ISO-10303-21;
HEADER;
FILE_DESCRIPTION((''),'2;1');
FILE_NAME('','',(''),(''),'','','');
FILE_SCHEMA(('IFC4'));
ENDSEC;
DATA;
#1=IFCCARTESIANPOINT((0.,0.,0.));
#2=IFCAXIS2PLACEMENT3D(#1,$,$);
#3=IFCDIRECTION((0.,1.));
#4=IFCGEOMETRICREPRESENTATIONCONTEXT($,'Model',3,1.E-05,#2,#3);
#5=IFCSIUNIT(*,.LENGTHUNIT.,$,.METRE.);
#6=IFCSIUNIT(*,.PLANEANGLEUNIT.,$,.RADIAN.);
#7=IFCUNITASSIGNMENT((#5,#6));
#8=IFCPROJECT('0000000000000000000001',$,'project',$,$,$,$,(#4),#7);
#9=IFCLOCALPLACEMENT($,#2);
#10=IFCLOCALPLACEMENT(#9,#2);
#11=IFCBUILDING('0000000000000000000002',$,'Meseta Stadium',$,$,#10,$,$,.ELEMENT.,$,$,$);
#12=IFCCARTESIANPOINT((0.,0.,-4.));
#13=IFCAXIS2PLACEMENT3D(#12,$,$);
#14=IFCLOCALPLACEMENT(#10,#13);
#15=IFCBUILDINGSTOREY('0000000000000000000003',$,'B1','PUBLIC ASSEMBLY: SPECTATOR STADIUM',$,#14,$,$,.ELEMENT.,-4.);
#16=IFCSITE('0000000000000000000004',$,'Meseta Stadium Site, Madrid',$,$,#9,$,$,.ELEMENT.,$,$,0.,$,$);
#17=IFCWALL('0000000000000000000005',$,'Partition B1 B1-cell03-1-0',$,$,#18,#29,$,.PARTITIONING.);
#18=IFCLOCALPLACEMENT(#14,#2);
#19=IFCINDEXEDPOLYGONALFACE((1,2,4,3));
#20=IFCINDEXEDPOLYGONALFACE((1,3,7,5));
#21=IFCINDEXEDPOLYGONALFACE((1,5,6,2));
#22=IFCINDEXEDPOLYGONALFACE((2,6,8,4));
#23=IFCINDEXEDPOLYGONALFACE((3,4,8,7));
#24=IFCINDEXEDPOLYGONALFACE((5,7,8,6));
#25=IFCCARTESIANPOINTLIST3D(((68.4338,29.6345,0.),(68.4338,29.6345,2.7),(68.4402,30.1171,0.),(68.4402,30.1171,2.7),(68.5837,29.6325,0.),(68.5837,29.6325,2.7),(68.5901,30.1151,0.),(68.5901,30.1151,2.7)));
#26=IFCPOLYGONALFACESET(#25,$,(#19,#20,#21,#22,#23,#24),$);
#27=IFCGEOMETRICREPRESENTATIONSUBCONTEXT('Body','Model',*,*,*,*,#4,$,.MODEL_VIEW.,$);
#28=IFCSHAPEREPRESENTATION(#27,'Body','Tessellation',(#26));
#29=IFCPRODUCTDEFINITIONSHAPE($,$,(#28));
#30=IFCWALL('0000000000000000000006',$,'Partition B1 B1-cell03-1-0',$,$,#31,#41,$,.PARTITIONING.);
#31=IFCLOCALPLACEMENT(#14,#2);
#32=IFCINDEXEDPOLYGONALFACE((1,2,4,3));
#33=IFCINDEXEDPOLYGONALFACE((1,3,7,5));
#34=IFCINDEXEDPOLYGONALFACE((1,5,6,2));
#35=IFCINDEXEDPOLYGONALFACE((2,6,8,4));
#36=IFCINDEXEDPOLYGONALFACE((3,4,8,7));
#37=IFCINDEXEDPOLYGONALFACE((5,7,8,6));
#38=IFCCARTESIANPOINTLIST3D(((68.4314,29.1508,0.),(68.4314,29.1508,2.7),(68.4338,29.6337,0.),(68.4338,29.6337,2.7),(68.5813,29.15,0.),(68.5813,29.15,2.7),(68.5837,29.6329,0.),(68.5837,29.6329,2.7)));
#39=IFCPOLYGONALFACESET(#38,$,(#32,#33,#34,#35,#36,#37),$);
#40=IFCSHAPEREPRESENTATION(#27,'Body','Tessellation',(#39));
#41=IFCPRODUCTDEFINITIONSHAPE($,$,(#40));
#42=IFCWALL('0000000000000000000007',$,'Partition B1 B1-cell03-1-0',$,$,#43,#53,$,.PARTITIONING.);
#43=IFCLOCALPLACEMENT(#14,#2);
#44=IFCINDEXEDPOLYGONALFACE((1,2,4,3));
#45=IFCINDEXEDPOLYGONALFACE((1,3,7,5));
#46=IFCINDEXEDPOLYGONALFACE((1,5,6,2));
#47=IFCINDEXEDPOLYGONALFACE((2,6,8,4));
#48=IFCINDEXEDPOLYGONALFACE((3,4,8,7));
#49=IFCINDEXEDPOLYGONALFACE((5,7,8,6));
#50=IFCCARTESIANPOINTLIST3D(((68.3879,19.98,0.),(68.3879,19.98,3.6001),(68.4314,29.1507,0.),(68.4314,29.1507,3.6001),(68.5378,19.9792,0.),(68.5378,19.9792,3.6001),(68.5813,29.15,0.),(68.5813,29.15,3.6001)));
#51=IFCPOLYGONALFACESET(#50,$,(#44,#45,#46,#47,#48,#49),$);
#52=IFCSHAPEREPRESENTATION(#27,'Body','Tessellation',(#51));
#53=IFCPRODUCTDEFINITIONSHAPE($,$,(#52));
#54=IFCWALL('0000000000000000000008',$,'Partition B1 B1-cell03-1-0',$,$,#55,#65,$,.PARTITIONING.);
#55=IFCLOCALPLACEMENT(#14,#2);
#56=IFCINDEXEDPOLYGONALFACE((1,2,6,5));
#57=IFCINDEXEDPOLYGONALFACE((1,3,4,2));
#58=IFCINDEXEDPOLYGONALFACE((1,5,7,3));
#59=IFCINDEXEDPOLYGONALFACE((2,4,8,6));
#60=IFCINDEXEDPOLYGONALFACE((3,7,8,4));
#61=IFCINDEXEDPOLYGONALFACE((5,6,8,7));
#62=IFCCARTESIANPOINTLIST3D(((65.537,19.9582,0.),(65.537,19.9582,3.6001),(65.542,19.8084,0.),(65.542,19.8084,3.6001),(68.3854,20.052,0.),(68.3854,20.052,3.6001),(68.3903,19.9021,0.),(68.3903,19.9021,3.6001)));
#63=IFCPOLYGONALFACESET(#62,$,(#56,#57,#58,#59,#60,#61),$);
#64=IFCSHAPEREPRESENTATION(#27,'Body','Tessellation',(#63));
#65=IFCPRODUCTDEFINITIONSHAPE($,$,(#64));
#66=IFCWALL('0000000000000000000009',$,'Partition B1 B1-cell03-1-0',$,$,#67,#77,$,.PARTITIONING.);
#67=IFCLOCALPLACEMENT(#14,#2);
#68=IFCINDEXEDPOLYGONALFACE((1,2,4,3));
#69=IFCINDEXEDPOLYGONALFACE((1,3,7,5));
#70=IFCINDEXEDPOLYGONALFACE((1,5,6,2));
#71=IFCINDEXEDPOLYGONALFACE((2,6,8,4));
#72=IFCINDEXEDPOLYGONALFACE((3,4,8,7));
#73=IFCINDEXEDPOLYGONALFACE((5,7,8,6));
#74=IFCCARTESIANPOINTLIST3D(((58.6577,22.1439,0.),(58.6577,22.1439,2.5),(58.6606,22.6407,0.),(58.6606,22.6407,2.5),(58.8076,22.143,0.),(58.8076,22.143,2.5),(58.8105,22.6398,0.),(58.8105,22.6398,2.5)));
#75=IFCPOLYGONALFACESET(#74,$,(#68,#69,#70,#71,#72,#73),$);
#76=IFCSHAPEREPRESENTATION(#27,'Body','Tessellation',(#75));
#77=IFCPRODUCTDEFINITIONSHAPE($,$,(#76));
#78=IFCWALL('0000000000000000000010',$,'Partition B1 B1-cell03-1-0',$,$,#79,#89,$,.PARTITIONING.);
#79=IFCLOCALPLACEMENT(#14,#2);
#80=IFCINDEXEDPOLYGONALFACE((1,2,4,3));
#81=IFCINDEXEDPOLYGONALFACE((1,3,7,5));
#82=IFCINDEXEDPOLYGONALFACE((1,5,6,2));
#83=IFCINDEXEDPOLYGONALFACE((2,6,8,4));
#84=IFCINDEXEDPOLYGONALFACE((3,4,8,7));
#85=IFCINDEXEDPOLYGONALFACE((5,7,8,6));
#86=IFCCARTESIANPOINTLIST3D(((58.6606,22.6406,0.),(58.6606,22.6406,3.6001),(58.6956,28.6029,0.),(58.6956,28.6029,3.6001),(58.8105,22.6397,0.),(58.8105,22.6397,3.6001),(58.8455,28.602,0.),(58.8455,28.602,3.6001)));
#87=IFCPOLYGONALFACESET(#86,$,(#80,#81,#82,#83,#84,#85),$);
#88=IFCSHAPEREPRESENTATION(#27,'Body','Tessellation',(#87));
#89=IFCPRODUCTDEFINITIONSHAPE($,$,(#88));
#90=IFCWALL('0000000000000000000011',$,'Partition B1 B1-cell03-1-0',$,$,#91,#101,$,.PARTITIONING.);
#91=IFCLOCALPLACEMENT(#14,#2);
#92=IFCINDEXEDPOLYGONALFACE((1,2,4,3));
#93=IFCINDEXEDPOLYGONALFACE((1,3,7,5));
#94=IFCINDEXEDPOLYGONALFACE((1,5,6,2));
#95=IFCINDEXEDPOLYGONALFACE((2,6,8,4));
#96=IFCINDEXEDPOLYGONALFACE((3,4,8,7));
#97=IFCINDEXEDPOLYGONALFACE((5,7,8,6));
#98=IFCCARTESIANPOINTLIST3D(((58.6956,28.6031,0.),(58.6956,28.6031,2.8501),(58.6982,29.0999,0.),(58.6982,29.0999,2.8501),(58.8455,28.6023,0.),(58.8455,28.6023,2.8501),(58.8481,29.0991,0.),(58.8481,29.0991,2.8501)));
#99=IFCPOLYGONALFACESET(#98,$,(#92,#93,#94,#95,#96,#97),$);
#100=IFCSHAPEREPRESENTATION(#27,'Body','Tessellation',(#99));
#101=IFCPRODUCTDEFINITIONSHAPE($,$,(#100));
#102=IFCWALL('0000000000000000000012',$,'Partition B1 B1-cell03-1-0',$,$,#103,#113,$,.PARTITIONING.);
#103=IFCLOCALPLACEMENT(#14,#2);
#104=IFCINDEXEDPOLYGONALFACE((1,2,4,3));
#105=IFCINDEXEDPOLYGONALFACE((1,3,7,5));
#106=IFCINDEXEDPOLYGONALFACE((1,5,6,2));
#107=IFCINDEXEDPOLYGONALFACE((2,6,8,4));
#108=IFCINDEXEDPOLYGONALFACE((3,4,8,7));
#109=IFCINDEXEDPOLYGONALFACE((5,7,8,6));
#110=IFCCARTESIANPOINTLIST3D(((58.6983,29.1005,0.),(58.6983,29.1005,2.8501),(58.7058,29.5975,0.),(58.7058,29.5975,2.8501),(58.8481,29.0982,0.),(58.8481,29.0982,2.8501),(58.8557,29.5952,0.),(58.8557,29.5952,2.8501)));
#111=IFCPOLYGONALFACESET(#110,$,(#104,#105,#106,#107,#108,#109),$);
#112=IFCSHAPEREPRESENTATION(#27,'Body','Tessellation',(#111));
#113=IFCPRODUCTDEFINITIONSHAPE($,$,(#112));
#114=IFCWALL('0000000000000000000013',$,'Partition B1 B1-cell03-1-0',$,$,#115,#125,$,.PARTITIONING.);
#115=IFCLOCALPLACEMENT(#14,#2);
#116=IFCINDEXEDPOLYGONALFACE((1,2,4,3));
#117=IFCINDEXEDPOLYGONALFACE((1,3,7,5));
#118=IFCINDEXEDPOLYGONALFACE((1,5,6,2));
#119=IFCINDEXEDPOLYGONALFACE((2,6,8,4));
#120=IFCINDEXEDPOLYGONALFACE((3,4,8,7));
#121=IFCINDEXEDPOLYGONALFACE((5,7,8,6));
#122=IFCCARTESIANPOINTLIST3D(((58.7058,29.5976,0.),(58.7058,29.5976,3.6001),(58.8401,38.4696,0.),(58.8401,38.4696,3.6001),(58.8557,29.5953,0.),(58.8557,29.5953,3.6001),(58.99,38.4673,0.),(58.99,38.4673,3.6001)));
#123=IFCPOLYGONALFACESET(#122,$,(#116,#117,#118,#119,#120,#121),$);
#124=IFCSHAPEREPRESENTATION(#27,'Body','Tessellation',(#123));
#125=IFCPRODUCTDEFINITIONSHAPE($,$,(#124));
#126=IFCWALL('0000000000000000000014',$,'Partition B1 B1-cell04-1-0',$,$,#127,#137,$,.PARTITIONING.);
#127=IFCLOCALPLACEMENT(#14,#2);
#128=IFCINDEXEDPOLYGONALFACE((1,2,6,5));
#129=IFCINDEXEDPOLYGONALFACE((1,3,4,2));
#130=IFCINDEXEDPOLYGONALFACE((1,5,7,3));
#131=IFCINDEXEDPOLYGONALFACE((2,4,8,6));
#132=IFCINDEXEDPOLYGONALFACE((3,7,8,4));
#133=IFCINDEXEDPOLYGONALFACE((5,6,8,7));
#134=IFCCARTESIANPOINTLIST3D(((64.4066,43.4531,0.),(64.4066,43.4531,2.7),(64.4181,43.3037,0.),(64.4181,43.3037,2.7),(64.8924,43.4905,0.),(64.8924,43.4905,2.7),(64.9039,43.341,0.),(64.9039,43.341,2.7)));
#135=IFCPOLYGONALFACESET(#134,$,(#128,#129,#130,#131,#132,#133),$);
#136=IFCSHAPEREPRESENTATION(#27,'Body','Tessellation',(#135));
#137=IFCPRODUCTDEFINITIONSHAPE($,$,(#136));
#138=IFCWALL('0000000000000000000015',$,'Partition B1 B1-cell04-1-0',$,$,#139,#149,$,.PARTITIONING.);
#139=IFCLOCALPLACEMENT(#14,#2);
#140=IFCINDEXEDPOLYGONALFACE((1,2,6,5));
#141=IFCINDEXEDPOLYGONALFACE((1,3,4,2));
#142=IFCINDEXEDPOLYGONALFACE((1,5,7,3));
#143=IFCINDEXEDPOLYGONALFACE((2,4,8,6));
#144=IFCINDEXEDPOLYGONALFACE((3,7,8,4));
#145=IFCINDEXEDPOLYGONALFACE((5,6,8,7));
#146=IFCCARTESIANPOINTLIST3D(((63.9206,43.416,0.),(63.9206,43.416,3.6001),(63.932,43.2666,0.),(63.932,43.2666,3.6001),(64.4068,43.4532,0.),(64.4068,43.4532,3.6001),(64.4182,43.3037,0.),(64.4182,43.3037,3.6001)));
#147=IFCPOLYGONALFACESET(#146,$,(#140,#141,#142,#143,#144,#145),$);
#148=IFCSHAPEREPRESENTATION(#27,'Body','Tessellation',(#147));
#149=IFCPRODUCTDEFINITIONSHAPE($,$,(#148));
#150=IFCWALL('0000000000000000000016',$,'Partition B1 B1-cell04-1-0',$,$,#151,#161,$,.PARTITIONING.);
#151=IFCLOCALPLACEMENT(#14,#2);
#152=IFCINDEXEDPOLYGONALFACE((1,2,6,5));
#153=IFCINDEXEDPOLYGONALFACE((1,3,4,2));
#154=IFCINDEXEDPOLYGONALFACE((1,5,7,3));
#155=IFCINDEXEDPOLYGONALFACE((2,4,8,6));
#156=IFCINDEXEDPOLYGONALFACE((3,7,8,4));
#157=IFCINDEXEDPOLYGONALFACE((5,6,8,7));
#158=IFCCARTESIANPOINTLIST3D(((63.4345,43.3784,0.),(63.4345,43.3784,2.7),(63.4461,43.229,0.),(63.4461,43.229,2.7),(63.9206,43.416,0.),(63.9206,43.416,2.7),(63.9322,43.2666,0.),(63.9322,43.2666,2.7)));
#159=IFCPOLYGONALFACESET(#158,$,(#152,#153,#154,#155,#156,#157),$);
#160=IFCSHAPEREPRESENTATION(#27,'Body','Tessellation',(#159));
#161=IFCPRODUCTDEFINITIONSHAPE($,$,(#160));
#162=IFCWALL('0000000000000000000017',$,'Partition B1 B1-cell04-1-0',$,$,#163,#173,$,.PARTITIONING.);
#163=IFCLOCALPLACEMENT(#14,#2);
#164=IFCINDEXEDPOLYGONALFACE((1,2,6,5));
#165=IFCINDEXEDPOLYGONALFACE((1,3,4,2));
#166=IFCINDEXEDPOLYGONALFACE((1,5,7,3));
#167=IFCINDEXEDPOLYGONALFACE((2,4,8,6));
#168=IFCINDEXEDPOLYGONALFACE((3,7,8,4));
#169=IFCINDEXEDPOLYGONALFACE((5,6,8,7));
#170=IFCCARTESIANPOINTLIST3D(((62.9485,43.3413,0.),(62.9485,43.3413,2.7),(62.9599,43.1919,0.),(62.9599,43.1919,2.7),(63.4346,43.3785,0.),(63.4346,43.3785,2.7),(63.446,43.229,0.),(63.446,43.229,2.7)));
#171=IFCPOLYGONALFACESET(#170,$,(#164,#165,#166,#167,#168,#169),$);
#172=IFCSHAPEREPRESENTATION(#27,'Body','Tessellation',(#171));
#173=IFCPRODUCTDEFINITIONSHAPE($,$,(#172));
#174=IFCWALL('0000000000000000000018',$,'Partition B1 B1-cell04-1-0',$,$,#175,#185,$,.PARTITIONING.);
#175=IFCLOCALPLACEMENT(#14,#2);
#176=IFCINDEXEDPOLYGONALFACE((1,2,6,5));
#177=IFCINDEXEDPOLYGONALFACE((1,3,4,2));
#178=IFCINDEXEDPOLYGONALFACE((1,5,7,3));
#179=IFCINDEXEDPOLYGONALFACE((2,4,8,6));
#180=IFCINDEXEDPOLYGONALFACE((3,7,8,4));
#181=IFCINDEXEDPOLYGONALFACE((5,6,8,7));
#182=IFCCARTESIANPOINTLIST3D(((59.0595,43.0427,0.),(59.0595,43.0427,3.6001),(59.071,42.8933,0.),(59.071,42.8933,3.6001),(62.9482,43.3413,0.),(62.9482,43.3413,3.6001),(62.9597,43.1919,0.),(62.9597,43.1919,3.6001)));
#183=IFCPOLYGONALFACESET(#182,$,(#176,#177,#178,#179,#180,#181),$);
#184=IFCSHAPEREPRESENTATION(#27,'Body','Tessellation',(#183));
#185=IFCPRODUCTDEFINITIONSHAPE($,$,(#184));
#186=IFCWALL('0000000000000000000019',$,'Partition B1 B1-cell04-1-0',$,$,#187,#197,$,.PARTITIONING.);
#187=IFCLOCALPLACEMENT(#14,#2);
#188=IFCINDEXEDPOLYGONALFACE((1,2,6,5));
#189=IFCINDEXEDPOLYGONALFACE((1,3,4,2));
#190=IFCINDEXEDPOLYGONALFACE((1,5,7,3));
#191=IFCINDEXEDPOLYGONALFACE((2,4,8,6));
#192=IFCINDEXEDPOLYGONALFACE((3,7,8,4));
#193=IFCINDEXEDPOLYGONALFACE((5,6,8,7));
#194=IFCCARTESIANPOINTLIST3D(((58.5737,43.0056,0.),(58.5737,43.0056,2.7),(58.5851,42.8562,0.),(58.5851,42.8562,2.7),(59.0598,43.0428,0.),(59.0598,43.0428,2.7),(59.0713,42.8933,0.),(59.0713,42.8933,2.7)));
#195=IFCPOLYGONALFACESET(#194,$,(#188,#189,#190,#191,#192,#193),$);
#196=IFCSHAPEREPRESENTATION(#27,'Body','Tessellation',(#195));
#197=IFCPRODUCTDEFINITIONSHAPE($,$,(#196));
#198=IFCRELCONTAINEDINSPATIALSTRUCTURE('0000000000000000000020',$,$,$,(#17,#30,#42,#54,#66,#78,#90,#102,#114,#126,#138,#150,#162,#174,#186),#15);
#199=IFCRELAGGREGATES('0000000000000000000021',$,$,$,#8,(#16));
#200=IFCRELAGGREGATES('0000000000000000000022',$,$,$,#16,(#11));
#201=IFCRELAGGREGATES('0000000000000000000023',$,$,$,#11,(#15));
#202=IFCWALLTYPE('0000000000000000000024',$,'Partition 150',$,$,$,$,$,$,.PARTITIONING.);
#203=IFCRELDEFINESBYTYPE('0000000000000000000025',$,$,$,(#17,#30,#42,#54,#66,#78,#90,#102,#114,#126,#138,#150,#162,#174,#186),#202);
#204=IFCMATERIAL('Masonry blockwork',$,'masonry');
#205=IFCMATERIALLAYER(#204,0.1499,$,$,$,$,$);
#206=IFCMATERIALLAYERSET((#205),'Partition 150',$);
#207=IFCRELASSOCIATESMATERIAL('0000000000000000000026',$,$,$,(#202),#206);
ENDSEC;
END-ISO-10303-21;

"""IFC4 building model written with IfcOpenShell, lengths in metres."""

from ifc_helpers import new_model, si_unit, direction, frame, frame_2d, origin, place, context, subcontext, project, spatial, rectangle, extrude, material, layer, layer_set, type_object, element, save


model = new_model("IFC4")

# Units and contexts
model_context = context("Model", 3, precision=1e-05, world=origin(), true_north=direction((0.0, 1.0)))
body_context = subcontext(model_context, "Body", "Model", "MODEL_VIEW")
ifc_project = project(units=[si_unit("LENGTHUNIT", "METRE"), si_unit("PLANEANGLEUNIT", "RADIAN")], contexts=[model_context])

# Site, building, storey
site_placement = place(None, origin())
site = spatial("IfcSite", under=ifc_project, at=site_placement, Name="Meseta Stadium Site, Madrid", CompositionType="ELEMENT", RefElevation=0.0)
building_placement = place(site_placement, origin())
building = spatial("IfcBuilding", under=site, at=building_placement, Name="Meseta Stadium", CompositionType="ELEMENT")
storey_placement = place(building_placement, frame((0.0, 0.0, -4.0)))
storey = spatial("IfcBuildingStorey", under=building, at=storey_placement, Name="B1", Description="PUBLIC ASSEMBLY: SPECTATOR STADIUM", CompositionType="ELEMENT", Elevation=-4.0)

# Walls
ifc_material_1 = material(Name="Masonry blockwork", Category="masonry")
ifc_layer_1 = layer(ifc_material_1, 0.1499)
ifc_layer_set_1 = layer_set([ifc_layer_1], Name="Partition 150")
wall_type_1 = type_object("IfcWallType", Name="Partition 150", PredefinedType="PARTITIONING", material=ifc_layer_set_1)
wall_1_placement = place(storey_placement, frame((68.5151, 30.116, 0.0), z_axis=(0.0, 0.0, 1.0), x_axis=(-0.01315, -0.999914, 0.0)))
element("IfcWall", 1, at=wall_1_placement, inside=storey, type_object=wall_type_1, Name="Partition B1 B1-cell03-1-0", PredefinedType="PARTITIONING", context=body_context, shape_type="SweptSolid", body=[
    extrude(rectangle(XDim=0.4827, YDim=0.1499, at=frame_2d((0.2412, 0.0))), origin(), (0.0, 0.0, 1.0), 2.7),
])
wall_2_placement = place(storey_placement, frame((68.5088, 29.6333, 0.0), z_axis=(0.0, 0.0, 1.0), x_axis=(-0.005056, -0.999987, 0.0)))
element("IfcWall", 2, at=wall_2_placement, inside=storey, type_object=wall_type_1, Name="Partition B1 B1-cell03-1-0", PredefinedType="PARTITIONING", context=body_context, shape_type="SweptSolid", body=[
    extrude(rectangle(XDim=0.4829, YDim=0.1499, at=frame_2d((0.2415, 0.0))), origin(), (0.0, 0.0, 1.0), 2.7),
])
wall_3_placement = place(storey_placement, frame((68.5063, 29.1504, 0.0), z_axis=(0.0, 0.0, 1.0), x_axis=(-0.004739, -0.999989, 0.0)))
element("IfcWall", 3, at=wall_3_placement, inside=storey, type_object=wall_type_1, Name="Partition B1 B1-cell03-1-0", PredefinedType="PARTITIONING", context=body_context, shape_type="SweptSolid", body=[
    extrude(rectangle(XDim=9.1709, YDim=0.1499, at=frame_2d((4.5854, 0.0))), origin(), (0.0, 0.0, 1.0), 3.6001),
])
wall_4_placement = place(storey_placement, frame((68.3877, 19.9771, 0.0), z_axis=(0.0, 0.0, 1.0), x_axis=(-0.999459, -0.032896, 0.0)))
element("IfcWall", 4, at=wall_4_placement, inside=storey, type_object=wall_type_1, Name="Partition B1 B1-cell03-1-0", PredefinedType="PARTITIONING", context=body_context, shape_type="SweptSolid", body=[
    extrude(rectangle(XDim=2.8499, YDim=0.1499, at=frame_2d((1.4248, 0.0))), origin(), (0.0, 0.0, 1.0), 3.6001),
])
wall_5_placement = place(storey_placement, frame((58.7327, 22.1433, 0.0), z_axis=(0.0, 0.0, 1.0), x_axis=(0.005897, 0.999983, 0.0)))
element("IfcWall", 5, at=wall_5_placement, inside=storey, type_object=wall_type_1, Name="Partition B1 B1-cell03-1-0", PredefinedType="PARTITIONING", context=body_context, shape_type="SweptSolid", body=[
    extrude(rectangle(XDim=0.4968, YDim=0.1499, at=frame_2d((0.2485, 0.0))), origin(), (0.0, 0.0, 1.0), 2.5),
])
wall_6_placement = place(storey_placement, frame((58.7356, 22.6401, 0.0), z_axis=(0.0, 0.0, 1.0), x_axis=(0.005855, 0.999983, 0.0)))
element("IfcWall", 6, at=wall_6_placement, inside=storey, type_object=wall_type_1, Name="Partition B1 B1-cell03-1-0", PredefinedType="PARTITIONING", context=body_context, shape_type="SweptSolid", body=[
    extrude(rectangle(XDim=5.9624, YDim=0.1499, at=frame_2d((2.9812, 0.0))), origin(), (0.0, 0.0, 1.0), 3.6001),
])
wall_7_placement = place(storey_placement, frame((58.7705, 28.6025, 0.0), z_axis=(0.0, 0.0, 1.0), x_axis=(0.005405, 0.999985, 0.0)))
element("IfcWall", 7, at=wall_7_placement, inside=storey, type_object=wall_type_1, Name="Partition B1 B1-cell03-1-0", PredefinedType="PARTITIONING", context=body_context, shape_type="SweptSolid", body=[
    extrude(rectangle(XDim=0.4968, YDim=0.1499, at=frame_2d((0.2485, 0.0))), origin(), (0.0, 0.0, 1.0), 2.8501),
])
wall_8_placement = place(storey_placement, frame((58.7732, 29.0994, 0.0), z_axis=(0.0, 0.0, 1.0), x_axis=(0.015224, 0.999884, 0.0)))
element("IfcWall", 8, at=wall_8_placement, inside=storey, type_object=wall_type_1, Name="Partition B1 B1-cell03-1-0", PredefinedType="PARTITIONING", context=body_context, shape_type="SweptSolid", body=[
    extrude(rectangle(XDim=0.4971, YDim=0.1499, at=frame_2d((0.2485, 0.0))), origin(), (0.0, 0.0, 1.0), 2.8501),
])
wall_9_placement = place(storey_placement, frame((58.7808, 29.5964, 0.0), z_axis=(0.0, 0.0, 1.0), x_axis=(0.015133, 0.999885, 0.0)))
element("IfcWall", 9, at=wall_9_placement, inside=storey, type_object=wall_type_1, Name="Partition B1 B1-cell03-1-0", PredefinedType="PARTITIONING", context=body_context, shape_type="SweptSolid", body=[
    extrude(rectangle(XDim=8.873, YDim=0.1499, at=frame_2d((4.4365, 0.0))), origin(), (0.0, 0.0, 1.0), 3.6001),
])
wall_10_placement = place(storey_placement, frame((64.8982, 43.4158, 0.0), z_axis=(0.0, 0.0, 1.0), x_axis=(-0.997057, -0.076658, 0.0)))
element("IfcWall", 10, at=wall_10_placement, inside=storey, type_object=wall_type_1, Name="Partition B1 B1-cell04-1-0", PredefinedType="PARTITIONING", context=body_context, shape_type="SweptSolid", body=[
    extrude(rectangle(XDim=0.4873, YDim=0.1499, at=frame_2d((0.2437, 0.0))), origin(), (0.0, 0.0, 1.0), 2.7),
])
wall_11_placement = place(storey_placement, frame((64.4124, 43.3784, 0.0), z_axis=(0.0, 0.0, 1.0), x_axis=(-0.997099, -0.076122, 0.0)))
element("IfcWall", 11, at=wall_11_placement, inside=storey, type_object=wall_type_1, Name="Partition B1 B1-cell04-1-0", PredefinedType="PARTITIONING", context=body_context, shape_type="SweptSolid", body=[
    extrude(rectangle(XDim=0.4875, YDim=0.1499, at=frame_2d((0.2437, 0.0))), origin(), (0.0, 0.0, 1.0), 3.6001),
])
for number, where, z_axis, x_axis, name in (
    (12, (63.9263, 43.3413, 0.0), (0.0, 0.0, 1.0), (-0.997022, -0.077118, 0.0), "Partition B1 B1-cell04-1-0"),
    (13, (63.4402, 43.3037, 0.0), (0.0, 0.0, 1.0), (-0.997099, -0.076122, 0.0), "Partition B1 B1-cell04-1-0"),
):
    element("IfcWall", number, at=place(storey_placement, frame(where, z_axis=z_axis, x_axis=x_axis)), inside=storey, type_object=wall_type_1, Name=name, PredefinedType="PARTITIONING", context=body_context, shape_type="SweptSolid", body=[
        extrude(rectangle(XDim=0.4875, YDim=0.1499, at=frame_2d((0.2437, 0.0))), origin(), (0.0, 0.0, 1.0), 2.7),
    ])
wall_12_placement = place(storey_placement, frame((62.9541, 43.2666, 0.0), z_axis=(0.0, 0.0, 1.0), x_axis=(-0.997065, -0.076558, 0.0)))
element("IfcWall", 14, at=wall_12_placement, inside=storey, type_object=wall_type_1, Name="Partition B1 B1-cell04-1-0", PredefinedType="PARTITIONING", context=body_context, shape_type="SweptSolid", body=[
    extrude(rectangle(XDim=3.9001, YDim=0.1499, at=frame_2d((1.9502, 0.0))), origin(), (0.0, 0.0, 1.0), 3.6001),
])
wall_13_placement = place(storey_placement, frame((59.0654, 42.968, 0.0), z_axis=(0.0, 0.0, 1.0), x_axis=(-0.997099, -0.076122, 0.0)))
element("IfcWall", 15, at=wall_13_placement, inside=storey, type_object=wall_type_1, Name="Partition B1 B1-cell04-1-0", PredefinedType="PARTITIONING", context=body_context, shape_type="SweptSolid", body=[
    extrude(rectangle(XDim=0.4875, YDim=0.1499, at=frame_2d((0.2437, 0.0))), origin(), (0.0, 0.0, 1.0), 2.7),
])

save(model, "model.ifc")
